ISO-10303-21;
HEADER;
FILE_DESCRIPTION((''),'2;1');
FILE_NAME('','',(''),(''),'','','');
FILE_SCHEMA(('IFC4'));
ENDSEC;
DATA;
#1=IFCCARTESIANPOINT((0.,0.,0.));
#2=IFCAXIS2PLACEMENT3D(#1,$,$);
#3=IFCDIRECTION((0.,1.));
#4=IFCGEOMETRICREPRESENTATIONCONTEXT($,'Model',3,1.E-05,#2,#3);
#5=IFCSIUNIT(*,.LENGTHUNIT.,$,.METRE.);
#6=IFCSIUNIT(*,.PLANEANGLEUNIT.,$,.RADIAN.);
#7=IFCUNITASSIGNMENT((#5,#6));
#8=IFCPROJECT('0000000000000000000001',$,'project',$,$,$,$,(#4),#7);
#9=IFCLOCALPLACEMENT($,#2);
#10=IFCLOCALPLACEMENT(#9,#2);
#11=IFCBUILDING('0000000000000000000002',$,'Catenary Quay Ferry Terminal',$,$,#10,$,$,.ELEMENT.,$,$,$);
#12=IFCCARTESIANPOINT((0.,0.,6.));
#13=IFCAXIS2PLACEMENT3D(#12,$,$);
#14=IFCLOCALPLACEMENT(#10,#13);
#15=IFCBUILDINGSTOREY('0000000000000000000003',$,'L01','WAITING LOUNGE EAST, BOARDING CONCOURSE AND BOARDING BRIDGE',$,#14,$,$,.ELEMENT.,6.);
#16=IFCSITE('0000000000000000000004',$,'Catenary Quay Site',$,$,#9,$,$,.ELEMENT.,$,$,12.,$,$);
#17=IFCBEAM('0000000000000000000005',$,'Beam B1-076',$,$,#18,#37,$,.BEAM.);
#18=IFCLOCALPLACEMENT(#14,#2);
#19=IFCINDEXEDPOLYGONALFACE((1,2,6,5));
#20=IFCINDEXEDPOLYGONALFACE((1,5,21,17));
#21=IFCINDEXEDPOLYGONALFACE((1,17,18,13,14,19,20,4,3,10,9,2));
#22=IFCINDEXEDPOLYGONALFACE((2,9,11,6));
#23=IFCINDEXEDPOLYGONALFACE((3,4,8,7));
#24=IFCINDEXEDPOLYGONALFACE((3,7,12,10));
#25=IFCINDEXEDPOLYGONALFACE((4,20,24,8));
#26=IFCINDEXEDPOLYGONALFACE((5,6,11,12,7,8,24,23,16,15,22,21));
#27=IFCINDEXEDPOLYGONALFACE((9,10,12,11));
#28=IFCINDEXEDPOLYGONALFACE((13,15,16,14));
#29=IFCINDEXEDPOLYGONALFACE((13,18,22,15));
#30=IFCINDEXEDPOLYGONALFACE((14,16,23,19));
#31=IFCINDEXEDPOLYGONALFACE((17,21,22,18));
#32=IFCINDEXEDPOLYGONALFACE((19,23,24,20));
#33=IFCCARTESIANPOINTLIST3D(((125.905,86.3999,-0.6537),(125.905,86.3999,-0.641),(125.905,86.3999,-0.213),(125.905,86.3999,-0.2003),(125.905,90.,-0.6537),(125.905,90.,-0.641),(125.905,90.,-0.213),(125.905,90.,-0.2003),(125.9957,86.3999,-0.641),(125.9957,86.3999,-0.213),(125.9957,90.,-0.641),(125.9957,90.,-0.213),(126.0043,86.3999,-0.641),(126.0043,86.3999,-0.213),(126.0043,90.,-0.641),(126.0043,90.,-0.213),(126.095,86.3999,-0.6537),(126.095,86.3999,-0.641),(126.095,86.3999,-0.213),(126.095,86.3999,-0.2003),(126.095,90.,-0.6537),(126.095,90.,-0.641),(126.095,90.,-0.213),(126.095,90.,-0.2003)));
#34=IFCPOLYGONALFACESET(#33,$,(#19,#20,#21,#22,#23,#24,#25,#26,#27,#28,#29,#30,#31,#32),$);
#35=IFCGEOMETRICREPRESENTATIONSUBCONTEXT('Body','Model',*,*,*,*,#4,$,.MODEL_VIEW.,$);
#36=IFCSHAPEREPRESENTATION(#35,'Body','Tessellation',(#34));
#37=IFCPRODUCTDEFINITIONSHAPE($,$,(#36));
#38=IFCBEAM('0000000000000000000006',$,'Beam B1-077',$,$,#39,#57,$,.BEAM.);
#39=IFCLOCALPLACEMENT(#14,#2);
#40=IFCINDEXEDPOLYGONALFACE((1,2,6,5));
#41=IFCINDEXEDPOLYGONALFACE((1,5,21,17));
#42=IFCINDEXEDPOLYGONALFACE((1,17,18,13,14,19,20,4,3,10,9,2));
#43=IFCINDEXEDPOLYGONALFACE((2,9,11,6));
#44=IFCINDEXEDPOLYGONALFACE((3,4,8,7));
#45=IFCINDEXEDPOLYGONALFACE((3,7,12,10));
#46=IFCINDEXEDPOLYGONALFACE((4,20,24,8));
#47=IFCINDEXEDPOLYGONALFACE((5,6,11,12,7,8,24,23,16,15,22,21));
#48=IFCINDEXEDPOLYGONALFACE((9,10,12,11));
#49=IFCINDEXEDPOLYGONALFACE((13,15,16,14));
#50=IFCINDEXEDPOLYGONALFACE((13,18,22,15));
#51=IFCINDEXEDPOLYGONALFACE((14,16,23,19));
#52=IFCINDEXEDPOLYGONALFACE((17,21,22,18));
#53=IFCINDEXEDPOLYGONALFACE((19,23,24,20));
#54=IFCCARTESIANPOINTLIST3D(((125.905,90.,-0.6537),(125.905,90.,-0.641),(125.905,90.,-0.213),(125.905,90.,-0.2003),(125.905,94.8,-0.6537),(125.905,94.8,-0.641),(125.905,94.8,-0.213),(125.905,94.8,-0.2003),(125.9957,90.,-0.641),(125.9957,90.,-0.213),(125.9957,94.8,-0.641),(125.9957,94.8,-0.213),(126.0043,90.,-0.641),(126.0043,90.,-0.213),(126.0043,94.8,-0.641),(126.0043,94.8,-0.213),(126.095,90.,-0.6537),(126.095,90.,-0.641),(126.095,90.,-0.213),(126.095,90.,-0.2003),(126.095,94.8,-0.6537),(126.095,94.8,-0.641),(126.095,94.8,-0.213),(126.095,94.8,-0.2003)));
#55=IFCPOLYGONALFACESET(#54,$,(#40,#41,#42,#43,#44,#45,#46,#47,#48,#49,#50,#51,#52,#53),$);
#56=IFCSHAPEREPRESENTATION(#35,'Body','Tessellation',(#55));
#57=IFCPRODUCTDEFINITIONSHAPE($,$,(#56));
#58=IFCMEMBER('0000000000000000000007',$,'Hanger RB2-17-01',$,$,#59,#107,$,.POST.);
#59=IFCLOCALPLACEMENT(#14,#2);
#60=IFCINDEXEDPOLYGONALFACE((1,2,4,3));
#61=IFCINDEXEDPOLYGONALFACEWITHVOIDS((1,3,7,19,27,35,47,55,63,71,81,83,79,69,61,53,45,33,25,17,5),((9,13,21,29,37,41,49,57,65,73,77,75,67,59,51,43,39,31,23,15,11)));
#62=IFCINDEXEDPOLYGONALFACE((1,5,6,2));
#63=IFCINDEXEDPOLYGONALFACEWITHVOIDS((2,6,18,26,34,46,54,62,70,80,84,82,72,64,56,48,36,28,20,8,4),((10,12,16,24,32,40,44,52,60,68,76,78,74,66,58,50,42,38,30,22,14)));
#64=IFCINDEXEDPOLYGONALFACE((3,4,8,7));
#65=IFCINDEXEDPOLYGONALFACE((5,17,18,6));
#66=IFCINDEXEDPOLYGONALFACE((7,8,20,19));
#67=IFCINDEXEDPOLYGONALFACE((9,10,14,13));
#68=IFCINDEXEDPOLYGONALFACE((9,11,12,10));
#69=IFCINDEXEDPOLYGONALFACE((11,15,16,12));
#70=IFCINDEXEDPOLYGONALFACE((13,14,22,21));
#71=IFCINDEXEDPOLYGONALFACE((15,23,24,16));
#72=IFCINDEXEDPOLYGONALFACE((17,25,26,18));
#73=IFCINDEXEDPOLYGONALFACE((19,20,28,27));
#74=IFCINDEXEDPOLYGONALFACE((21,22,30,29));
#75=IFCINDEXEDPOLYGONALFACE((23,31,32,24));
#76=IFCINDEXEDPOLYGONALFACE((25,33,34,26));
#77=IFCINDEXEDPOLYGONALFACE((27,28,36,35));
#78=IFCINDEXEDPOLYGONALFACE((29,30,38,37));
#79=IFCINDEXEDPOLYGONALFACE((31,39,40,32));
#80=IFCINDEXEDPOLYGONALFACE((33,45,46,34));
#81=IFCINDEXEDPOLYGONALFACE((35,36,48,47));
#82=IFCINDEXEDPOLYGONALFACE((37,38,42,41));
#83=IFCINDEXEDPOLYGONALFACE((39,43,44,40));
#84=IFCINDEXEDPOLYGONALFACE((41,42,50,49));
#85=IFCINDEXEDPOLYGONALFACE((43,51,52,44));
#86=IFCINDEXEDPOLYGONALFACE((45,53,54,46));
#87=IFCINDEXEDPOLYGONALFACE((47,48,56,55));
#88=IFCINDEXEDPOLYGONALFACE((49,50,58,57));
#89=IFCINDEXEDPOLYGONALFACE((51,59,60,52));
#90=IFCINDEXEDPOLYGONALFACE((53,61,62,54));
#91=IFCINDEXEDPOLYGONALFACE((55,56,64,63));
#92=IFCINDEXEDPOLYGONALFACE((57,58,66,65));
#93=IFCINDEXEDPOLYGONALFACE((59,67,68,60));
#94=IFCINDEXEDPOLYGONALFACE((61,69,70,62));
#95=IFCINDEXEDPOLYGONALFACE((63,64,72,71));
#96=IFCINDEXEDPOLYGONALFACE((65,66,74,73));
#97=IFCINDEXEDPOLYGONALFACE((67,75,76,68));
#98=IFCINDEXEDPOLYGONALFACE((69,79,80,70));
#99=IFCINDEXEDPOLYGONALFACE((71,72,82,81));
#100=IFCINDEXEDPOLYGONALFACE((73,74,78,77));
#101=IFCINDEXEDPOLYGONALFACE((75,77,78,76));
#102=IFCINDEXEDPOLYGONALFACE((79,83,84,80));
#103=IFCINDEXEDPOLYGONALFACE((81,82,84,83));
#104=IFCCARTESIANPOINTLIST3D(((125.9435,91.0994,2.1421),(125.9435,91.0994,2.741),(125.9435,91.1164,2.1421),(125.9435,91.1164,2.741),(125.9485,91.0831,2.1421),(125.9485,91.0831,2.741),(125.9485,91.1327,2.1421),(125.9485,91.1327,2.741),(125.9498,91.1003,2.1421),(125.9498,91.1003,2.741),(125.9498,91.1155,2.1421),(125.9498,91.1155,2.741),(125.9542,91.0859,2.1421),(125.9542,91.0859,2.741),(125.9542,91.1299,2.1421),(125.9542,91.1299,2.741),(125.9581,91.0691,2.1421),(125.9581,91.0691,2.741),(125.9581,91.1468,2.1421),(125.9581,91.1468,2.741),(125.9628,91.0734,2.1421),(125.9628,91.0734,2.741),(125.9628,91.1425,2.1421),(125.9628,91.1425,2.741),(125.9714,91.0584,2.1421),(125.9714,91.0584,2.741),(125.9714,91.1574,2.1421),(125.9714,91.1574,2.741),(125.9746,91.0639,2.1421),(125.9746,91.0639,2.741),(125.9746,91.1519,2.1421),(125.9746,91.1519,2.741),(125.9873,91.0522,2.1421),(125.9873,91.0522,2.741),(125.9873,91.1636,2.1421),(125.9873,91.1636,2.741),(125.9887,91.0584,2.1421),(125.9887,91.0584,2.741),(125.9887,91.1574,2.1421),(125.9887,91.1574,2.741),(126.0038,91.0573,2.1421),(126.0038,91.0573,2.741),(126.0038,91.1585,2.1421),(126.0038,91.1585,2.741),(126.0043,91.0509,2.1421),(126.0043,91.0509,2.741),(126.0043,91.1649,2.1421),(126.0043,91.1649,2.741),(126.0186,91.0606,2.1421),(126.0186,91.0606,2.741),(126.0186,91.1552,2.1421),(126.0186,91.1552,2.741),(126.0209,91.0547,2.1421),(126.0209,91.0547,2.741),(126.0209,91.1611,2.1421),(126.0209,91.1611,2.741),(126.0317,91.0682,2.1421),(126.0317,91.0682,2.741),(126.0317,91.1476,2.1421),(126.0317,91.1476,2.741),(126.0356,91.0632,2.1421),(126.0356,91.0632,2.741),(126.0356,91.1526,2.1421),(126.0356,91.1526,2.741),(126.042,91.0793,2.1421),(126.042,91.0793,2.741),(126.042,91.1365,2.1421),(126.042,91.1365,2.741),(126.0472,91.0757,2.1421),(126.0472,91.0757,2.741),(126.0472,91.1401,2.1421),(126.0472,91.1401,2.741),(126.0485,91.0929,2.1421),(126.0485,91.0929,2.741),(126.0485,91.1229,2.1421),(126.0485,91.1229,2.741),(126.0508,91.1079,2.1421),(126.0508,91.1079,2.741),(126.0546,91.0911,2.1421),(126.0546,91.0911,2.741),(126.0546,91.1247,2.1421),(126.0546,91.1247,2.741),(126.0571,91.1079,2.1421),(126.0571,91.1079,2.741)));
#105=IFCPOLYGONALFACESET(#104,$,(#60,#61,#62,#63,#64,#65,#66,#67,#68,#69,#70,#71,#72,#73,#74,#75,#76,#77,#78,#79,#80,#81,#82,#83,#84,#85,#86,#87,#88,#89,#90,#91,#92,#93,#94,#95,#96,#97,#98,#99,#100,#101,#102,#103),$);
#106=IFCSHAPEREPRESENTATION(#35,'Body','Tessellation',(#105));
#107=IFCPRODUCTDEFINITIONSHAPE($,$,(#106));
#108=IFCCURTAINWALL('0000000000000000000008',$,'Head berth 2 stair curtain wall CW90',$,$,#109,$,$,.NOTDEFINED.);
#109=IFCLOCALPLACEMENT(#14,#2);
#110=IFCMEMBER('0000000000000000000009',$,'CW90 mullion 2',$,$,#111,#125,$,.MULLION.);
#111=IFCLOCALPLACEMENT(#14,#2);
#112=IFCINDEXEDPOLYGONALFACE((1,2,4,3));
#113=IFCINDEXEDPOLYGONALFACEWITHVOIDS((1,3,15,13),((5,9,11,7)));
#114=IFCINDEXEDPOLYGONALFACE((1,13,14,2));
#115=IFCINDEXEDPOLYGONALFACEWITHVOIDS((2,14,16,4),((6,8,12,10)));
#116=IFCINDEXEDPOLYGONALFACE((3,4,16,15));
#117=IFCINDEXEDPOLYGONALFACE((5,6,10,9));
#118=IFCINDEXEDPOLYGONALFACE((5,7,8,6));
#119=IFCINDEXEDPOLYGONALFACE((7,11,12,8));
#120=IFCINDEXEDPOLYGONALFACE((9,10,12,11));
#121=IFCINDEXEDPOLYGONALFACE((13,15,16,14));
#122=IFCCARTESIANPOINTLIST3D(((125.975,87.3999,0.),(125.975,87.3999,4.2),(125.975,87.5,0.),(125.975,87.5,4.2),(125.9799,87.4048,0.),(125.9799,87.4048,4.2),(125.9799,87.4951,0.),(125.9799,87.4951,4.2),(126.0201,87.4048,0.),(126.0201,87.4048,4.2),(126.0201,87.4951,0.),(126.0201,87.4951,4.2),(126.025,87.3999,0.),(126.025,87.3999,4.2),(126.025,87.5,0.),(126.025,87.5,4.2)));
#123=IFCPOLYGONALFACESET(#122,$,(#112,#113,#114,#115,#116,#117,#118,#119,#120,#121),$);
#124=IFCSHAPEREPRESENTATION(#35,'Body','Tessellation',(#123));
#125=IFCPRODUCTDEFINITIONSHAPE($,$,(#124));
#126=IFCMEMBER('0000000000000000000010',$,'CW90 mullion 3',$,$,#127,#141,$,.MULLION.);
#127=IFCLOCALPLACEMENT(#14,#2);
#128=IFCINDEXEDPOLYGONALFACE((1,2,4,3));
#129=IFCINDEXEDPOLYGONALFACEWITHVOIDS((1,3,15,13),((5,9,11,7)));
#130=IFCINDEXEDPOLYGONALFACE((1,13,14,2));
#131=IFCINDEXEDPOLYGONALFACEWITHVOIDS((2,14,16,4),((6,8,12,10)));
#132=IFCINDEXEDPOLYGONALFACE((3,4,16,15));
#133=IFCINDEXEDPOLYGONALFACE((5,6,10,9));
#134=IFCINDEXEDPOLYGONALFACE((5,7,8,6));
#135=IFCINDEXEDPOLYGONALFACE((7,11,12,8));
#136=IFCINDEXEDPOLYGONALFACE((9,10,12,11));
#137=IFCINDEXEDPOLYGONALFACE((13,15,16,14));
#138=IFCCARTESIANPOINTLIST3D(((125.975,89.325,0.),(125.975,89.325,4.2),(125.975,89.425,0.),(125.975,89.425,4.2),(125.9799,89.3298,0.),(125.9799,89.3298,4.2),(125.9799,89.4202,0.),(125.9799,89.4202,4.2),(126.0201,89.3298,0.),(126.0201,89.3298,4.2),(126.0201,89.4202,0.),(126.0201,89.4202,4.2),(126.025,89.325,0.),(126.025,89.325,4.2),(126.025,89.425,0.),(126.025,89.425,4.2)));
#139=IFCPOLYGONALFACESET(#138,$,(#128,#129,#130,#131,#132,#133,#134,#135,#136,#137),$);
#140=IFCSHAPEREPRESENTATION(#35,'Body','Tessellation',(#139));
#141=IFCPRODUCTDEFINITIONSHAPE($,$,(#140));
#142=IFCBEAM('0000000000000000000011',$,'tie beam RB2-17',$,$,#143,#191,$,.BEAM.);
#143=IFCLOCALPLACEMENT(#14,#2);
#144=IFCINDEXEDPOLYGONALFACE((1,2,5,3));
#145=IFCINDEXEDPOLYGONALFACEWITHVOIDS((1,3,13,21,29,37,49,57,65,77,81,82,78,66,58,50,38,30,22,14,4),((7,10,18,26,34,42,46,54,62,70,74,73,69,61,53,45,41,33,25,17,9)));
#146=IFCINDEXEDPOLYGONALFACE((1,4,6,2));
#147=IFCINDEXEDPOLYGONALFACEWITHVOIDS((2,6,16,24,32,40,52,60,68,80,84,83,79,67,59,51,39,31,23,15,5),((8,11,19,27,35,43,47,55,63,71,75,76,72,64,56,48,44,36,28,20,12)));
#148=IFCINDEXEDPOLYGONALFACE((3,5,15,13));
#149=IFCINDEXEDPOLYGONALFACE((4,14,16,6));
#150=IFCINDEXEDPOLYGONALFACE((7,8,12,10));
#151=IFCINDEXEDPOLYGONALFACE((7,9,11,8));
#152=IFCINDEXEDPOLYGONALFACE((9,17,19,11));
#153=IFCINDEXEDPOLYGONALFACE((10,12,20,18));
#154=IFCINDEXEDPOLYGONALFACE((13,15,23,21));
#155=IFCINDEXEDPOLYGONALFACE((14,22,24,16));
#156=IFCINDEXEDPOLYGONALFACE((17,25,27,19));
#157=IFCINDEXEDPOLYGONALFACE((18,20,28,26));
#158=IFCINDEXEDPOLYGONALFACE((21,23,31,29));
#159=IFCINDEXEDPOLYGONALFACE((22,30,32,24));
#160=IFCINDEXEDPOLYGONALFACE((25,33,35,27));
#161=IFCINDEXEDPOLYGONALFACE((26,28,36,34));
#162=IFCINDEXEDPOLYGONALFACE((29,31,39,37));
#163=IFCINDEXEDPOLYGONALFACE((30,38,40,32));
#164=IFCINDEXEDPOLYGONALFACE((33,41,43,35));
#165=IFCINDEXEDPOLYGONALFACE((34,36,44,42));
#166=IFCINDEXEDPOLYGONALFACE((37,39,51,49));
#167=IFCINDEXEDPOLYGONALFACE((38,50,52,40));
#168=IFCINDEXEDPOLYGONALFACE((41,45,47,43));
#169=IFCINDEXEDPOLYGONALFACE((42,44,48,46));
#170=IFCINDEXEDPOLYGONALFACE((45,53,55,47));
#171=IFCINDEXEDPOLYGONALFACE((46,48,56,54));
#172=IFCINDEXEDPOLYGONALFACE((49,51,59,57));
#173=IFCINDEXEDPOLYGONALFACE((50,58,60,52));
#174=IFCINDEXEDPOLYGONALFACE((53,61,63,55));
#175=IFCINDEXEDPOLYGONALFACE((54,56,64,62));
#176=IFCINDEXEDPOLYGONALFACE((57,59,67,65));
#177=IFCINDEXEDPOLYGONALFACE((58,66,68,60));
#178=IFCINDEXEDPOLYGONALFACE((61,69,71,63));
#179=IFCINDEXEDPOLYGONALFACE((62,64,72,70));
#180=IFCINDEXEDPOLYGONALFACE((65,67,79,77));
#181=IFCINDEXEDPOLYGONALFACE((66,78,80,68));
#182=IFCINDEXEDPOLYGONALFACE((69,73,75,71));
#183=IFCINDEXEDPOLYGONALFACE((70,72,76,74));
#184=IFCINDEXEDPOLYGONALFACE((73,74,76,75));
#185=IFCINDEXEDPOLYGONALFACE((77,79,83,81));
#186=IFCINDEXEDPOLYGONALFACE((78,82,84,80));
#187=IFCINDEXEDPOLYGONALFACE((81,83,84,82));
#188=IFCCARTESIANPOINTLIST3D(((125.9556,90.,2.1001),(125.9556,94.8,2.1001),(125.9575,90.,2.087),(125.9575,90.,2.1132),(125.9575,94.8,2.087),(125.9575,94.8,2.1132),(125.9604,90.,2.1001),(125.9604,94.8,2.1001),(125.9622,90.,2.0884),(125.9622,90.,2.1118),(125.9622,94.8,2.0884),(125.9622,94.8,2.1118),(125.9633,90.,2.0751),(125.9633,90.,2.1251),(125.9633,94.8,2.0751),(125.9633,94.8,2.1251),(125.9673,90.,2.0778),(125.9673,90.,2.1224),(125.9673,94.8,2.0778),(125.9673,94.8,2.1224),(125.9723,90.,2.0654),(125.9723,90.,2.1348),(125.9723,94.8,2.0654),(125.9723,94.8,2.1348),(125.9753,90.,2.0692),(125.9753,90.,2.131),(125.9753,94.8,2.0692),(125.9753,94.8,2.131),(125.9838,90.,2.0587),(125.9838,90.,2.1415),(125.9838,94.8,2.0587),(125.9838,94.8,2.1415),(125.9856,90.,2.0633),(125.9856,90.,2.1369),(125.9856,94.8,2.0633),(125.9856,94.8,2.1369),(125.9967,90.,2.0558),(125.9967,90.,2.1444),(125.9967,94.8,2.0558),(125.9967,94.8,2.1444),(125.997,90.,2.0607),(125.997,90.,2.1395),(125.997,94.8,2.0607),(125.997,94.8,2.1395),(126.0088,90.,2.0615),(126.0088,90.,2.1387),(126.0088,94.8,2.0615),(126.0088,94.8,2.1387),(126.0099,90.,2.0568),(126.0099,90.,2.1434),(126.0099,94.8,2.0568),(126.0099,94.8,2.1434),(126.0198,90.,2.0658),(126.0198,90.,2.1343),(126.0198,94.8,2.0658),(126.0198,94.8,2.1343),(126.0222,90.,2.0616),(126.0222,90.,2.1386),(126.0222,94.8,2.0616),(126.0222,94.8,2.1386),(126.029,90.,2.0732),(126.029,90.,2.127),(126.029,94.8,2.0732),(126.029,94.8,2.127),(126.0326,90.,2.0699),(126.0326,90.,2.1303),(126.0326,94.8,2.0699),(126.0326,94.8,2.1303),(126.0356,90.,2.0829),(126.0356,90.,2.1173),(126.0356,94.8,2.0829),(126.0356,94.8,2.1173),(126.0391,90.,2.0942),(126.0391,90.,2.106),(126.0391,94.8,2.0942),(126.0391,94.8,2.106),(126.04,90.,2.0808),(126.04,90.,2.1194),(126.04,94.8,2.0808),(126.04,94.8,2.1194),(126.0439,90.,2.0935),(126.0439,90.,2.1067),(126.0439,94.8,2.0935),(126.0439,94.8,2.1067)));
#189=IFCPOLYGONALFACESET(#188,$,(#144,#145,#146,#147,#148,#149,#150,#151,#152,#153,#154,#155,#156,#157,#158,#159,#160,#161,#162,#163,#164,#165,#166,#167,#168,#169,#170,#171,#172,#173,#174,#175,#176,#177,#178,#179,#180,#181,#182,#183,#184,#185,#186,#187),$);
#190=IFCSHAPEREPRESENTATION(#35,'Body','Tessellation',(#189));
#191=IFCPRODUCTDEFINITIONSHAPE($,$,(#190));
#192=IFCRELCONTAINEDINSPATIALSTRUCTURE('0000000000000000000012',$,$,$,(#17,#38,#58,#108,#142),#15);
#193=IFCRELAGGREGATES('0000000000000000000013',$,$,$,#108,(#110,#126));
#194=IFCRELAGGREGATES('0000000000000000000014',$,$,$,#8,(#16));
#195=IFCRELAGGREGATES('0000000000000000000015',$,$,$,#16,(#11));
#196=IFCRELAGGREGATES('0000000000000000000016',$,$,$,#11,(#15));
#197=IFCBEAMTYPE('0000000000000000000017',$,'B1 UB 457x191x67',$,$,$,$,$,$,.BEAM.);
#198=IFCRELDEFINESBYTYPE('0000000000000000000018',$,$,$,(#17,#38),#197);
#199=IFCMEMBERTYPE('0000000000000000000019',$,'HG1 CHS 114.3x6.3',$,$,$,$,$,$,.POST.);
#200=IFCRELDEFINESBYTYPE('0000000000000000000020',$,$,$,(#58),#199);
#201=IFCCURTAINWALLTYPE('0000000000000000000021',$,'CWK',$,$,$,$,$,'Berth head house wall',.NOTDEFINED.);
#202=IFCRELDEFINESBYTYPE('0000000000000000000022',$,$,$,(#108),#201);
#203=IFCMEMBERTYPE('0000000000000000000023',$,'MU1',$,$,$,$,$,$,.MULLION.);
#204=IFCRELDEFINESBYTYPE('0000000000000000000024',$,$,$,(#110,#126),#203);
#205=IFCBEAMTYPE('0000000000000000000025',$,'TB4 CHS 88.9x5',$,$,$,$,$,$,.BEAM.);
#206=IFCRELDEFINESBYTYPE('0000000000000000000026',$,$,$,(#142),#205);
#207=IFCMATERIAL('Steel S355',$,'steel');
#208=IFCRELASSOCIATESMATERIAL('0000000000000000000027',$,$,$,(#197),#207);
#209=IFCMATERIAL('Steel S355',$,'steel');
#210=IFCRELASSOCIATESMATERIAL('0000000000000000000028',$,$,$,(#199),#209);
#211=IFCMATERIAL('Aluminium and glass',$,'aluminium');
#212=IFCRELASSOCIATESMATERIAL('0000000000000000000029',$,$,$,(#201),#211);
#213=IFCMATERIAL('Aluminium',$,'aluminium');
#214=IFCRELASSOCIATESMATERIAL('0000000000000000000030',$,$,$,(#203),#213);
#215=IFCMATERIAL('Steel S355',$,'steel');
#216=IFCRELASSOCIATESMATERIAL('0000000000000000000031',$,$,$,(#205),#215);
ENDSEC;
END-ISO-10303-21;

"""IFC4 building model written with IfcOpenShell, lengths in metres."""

from ifc_helpers import new_model, si_unit, direction, frame, origin, origin_2d, place, context, subcontext, project, spatial, hollow_rectangle, hollow_circle, i_section, extrude, material, material_profile, profile_set, type_object, element, aggregate, save


model = new_model("IFC4")

# Units and contexts
model_context = context("Model", 3, precision=1e-05, world=origin(), true_north=direction((0.0, 1.0)))
body_context = subcontext(model_context, "Body", "Model", "MODEL_VIEW")
ifc_project = project(units=[si_unit("LENGTHUNIT", "METRE"), si_unit("PLANEANGLEUNIT", "RADIAN")], contexts=[model_context])

# Site, building, storey
site_placement = place(None, origin())
site = spatial("IfcSite", under=ifc_project, at=site_placement, Name="Catenary Quay Site", CompositionType="ELEMENT", RefElevation=12.0)
building_placement = place(site_placement, origin())
building = spatial("IfcBuilding", under=site, at=building_placement, Name="Catenary Quay Ferry Terminal", CompositionType="ELEMENT")
storey_placement = place(building_placement, frame((0.0, 0.0, 6.0)))
storey = spatial("IfcBuildingStorey", under=building, at=storey_placement, Name="L01", Description="WAITING LOUNGE EAST, BOARDING CONCOURSE AND BOARDING BRIDGE", CompositionType="ELEMENT", Elevation=6.0)

# Beams
ifc_material_1 = material(Name="Steel S355", Category="steel")
ifc_material_profile_1 = material_profile(ifc_material_1, i_section(OverallWidth=0.1899, OverallDepth=0.4534, WebThickness=0.0085, FlangeThickness=0.0127, at=origin_2d()), Name="UB 457x191x67")
ifc_profile_set_1 = profile_set([ifc_material_profile_1], Name="Steel S355")
beam_type_1 = type_object("IfcBeamType", Name="B1 UB 457x191x67", PredefinedType="BEAM", material=ifc_profile_set_1)
beam_1_placement = place(storey_placement, frame((126.0, 86.3999, -0.427), z_axis=(0.0, 1.0, 0.0), x_axis=(-1.0, 0.0, 0.0)))
element("IfcBeam", 1, at=beam_1_placement, inside=storey, type_object=beam_type_1, Name="Beam B1-076", PredefinedType="BEAM", context=body_context, shape_type="SweptSolid", body=[
    extrude(i_section(OverallWidth=0.1899, OverallDepth=0.4534, WebThickness=0.0085, FlangeThickness=0.0127, at=origin_2d()), origin(), (0.0, 0.0, 1.0), 3.6001),
])
beam_2_placement = place(storey_placement, frame((126.0, 90.0, -0.427), z_axis=(0.0, 1.0, 0.0), x_axis=(-1.0, 0.0, 0.0)))
element("IfcBeam", 2, at=beam_2_placement, inside=storey, type_object=beam_type_1, Name="Beam B1-077", PredefinedType="BEAM", context=body_context, shape_type="SweptSolid", body=[
    extrude(i_section(OverallWidth=0.1899, OverallDepth=0.4534, WebThickness=0.0085, FlangeThickness=0.0127, at=origin_2d()), origin(), (0.0, 0.0, 1.0), 4.8),
])

# Member
ifc_material_2 = material(Name="Steel S355", Category="steel")
ifc_material_profile_2 = material_profile(ifc_material_2, hollow_circle(Radius=0.0571, WallThickness=0.0063, at=origin_2d()), Name="CHS 114.3x6.3")
ifc_profile_set_2 = profile_set([ifc_material_profile_2], Name="Steel S355")
member_type_1 = type_object("IfcMemberType", Name="HG1 CHS 114.3x6.3", PredefinedType="POST", material=ifc_profile_set_2)
member_1_placement = place(storey_placement, frame((126.0, 91.1079, 2.1421), z_axis=(0.0, 0.0, 1.0), x_axis=(1.0, 0.0, 0.0)))
element("IfcMember", 3, at=member_1_placement, inside=storey, type_object=member_type_1, Name="Hanger RB2-17-01", PredefinedType="POST", context=body_context, shape_type="SweptSolid", body=[
    extrude(hollow_circle(Radius=0.0571, WallThickness=0.0063, at=origin_2d()), origin(), (0.0, 0.0, 1.0), 0.5989),
])

# Curtain wall, members
ifc_material_3 = material(Name="Aluminium and glass", Category="aluminium")
curtain_wall_type = type_object("IfcCurtainWallType", Name="CWK", ElementType="Berth head house wall", PredefinedType="NOTDEFINED", material=ifc_material_3)
curtain_wall_placement = place(storey_placement, origin())
curtain_wall = element("IfcCurtainWall", 4, at=curtain_wall_placement, inside=storey, type_object=curtain_wall_type, Name="Head berth 2 stair curtain wall CW90", PredefinedType="NOTDEFINED")
ifc_material_4 = material(Name="Aluminium", Category="aluminium")
ifc_material_profile_3 = material_profile(ifc_material_4, hollow_rectangle(XDim=0.05, YDim=0.1001, WallThickness=0.0049, at=origin_2d()), Name="MU1")
ifc_profile_set_3 = profile_set([ifc_material_profile_3], Name="Aluminium")
member_type_2 = type_object("IfcMemberType", Name="MU1", PredefinedType="MULLION", material=ifc_profile_set_3)
member_2_placement = place(storey_placement, frame((126.0, 87.45, 0.0), z_axis=(0.0, 0.0, 1.0), x_axis=(-1.0, 0.0, 0.0)))
member_2 = element("IfcMember", 5, at=member_2_placement, type_object=member_type_2, Name="CW90 mullion 2", PredefinedType="MULLION", context=body_context, shape_type="SweptSolid", body=[
    extrude(hollow_rectangle(XDim=0.05, YDim=0.1001, WallThickness=0.0049, at=origin_2d()), origin(), (0.0, 0.0, 1.0), 4.2),
])
member_3_placement = place(storey_placement, frame((126.0, 89.375, 0.0), z_axis=(0.0, 0.0, 1.0), x_axis=(-1.0, 0.0, 0.0)))
member_3 = element("IfcMember", 6, at=member_3_placement, type_object=member_type_2, Name="CW90 mullion 3", PredefinedType="MULLION", context=body_context, shape_type="SweptSolid", body=[
    extrude(hollow_rectangle(XDim=0.05, YDim=0.1001, WallThickness=0.0049, at=origin_2d()), origin(), (0.0, 0.0, 1.0), 4.2),
])

# Beam
ifc_material_5 = material(Name="Steel S355", Category="steel")
ifc_material_profile_4 = material_profile(ifc_material_5, hollow_circle(Radius=0.0444, WallThickness=0.0049, at=origin_2d()), Name="CHS 88.9x5")
ifc_profile_set_4 = profile_set([ifc_material_profile_4], Name="Steel S355")
beam_type_2 = type_object("IfcBeamType", Name="TB4 CHS 88.9x5", PredefinedType="BEAM", material=ifc_profile_set_4)
beam_3_placement = place(storey_placement, frame((126.0, 90.0, 2.1001), z_axis=(0.0, 1.0, 0.0), x_axis=(-1.0, 0.0, 0.0)))
element("IfcBeam", 7, at=beam_3_placement, inside=storey, type_object=beam_type_2, Name="tie beam RB2-17", PredefinedType="BEAM", context=body_context, shape_type="SweptSolid", body=[
    extrude(hollow_circle(Radius=0.0444, WallThickness=0.0049, at=origin_2d()), origin(), (0.0, 0.0, 1.0), 4.8),
])

aggregate(curtain_wall, [member_2, member_3])

save(model, "model.ifc")
